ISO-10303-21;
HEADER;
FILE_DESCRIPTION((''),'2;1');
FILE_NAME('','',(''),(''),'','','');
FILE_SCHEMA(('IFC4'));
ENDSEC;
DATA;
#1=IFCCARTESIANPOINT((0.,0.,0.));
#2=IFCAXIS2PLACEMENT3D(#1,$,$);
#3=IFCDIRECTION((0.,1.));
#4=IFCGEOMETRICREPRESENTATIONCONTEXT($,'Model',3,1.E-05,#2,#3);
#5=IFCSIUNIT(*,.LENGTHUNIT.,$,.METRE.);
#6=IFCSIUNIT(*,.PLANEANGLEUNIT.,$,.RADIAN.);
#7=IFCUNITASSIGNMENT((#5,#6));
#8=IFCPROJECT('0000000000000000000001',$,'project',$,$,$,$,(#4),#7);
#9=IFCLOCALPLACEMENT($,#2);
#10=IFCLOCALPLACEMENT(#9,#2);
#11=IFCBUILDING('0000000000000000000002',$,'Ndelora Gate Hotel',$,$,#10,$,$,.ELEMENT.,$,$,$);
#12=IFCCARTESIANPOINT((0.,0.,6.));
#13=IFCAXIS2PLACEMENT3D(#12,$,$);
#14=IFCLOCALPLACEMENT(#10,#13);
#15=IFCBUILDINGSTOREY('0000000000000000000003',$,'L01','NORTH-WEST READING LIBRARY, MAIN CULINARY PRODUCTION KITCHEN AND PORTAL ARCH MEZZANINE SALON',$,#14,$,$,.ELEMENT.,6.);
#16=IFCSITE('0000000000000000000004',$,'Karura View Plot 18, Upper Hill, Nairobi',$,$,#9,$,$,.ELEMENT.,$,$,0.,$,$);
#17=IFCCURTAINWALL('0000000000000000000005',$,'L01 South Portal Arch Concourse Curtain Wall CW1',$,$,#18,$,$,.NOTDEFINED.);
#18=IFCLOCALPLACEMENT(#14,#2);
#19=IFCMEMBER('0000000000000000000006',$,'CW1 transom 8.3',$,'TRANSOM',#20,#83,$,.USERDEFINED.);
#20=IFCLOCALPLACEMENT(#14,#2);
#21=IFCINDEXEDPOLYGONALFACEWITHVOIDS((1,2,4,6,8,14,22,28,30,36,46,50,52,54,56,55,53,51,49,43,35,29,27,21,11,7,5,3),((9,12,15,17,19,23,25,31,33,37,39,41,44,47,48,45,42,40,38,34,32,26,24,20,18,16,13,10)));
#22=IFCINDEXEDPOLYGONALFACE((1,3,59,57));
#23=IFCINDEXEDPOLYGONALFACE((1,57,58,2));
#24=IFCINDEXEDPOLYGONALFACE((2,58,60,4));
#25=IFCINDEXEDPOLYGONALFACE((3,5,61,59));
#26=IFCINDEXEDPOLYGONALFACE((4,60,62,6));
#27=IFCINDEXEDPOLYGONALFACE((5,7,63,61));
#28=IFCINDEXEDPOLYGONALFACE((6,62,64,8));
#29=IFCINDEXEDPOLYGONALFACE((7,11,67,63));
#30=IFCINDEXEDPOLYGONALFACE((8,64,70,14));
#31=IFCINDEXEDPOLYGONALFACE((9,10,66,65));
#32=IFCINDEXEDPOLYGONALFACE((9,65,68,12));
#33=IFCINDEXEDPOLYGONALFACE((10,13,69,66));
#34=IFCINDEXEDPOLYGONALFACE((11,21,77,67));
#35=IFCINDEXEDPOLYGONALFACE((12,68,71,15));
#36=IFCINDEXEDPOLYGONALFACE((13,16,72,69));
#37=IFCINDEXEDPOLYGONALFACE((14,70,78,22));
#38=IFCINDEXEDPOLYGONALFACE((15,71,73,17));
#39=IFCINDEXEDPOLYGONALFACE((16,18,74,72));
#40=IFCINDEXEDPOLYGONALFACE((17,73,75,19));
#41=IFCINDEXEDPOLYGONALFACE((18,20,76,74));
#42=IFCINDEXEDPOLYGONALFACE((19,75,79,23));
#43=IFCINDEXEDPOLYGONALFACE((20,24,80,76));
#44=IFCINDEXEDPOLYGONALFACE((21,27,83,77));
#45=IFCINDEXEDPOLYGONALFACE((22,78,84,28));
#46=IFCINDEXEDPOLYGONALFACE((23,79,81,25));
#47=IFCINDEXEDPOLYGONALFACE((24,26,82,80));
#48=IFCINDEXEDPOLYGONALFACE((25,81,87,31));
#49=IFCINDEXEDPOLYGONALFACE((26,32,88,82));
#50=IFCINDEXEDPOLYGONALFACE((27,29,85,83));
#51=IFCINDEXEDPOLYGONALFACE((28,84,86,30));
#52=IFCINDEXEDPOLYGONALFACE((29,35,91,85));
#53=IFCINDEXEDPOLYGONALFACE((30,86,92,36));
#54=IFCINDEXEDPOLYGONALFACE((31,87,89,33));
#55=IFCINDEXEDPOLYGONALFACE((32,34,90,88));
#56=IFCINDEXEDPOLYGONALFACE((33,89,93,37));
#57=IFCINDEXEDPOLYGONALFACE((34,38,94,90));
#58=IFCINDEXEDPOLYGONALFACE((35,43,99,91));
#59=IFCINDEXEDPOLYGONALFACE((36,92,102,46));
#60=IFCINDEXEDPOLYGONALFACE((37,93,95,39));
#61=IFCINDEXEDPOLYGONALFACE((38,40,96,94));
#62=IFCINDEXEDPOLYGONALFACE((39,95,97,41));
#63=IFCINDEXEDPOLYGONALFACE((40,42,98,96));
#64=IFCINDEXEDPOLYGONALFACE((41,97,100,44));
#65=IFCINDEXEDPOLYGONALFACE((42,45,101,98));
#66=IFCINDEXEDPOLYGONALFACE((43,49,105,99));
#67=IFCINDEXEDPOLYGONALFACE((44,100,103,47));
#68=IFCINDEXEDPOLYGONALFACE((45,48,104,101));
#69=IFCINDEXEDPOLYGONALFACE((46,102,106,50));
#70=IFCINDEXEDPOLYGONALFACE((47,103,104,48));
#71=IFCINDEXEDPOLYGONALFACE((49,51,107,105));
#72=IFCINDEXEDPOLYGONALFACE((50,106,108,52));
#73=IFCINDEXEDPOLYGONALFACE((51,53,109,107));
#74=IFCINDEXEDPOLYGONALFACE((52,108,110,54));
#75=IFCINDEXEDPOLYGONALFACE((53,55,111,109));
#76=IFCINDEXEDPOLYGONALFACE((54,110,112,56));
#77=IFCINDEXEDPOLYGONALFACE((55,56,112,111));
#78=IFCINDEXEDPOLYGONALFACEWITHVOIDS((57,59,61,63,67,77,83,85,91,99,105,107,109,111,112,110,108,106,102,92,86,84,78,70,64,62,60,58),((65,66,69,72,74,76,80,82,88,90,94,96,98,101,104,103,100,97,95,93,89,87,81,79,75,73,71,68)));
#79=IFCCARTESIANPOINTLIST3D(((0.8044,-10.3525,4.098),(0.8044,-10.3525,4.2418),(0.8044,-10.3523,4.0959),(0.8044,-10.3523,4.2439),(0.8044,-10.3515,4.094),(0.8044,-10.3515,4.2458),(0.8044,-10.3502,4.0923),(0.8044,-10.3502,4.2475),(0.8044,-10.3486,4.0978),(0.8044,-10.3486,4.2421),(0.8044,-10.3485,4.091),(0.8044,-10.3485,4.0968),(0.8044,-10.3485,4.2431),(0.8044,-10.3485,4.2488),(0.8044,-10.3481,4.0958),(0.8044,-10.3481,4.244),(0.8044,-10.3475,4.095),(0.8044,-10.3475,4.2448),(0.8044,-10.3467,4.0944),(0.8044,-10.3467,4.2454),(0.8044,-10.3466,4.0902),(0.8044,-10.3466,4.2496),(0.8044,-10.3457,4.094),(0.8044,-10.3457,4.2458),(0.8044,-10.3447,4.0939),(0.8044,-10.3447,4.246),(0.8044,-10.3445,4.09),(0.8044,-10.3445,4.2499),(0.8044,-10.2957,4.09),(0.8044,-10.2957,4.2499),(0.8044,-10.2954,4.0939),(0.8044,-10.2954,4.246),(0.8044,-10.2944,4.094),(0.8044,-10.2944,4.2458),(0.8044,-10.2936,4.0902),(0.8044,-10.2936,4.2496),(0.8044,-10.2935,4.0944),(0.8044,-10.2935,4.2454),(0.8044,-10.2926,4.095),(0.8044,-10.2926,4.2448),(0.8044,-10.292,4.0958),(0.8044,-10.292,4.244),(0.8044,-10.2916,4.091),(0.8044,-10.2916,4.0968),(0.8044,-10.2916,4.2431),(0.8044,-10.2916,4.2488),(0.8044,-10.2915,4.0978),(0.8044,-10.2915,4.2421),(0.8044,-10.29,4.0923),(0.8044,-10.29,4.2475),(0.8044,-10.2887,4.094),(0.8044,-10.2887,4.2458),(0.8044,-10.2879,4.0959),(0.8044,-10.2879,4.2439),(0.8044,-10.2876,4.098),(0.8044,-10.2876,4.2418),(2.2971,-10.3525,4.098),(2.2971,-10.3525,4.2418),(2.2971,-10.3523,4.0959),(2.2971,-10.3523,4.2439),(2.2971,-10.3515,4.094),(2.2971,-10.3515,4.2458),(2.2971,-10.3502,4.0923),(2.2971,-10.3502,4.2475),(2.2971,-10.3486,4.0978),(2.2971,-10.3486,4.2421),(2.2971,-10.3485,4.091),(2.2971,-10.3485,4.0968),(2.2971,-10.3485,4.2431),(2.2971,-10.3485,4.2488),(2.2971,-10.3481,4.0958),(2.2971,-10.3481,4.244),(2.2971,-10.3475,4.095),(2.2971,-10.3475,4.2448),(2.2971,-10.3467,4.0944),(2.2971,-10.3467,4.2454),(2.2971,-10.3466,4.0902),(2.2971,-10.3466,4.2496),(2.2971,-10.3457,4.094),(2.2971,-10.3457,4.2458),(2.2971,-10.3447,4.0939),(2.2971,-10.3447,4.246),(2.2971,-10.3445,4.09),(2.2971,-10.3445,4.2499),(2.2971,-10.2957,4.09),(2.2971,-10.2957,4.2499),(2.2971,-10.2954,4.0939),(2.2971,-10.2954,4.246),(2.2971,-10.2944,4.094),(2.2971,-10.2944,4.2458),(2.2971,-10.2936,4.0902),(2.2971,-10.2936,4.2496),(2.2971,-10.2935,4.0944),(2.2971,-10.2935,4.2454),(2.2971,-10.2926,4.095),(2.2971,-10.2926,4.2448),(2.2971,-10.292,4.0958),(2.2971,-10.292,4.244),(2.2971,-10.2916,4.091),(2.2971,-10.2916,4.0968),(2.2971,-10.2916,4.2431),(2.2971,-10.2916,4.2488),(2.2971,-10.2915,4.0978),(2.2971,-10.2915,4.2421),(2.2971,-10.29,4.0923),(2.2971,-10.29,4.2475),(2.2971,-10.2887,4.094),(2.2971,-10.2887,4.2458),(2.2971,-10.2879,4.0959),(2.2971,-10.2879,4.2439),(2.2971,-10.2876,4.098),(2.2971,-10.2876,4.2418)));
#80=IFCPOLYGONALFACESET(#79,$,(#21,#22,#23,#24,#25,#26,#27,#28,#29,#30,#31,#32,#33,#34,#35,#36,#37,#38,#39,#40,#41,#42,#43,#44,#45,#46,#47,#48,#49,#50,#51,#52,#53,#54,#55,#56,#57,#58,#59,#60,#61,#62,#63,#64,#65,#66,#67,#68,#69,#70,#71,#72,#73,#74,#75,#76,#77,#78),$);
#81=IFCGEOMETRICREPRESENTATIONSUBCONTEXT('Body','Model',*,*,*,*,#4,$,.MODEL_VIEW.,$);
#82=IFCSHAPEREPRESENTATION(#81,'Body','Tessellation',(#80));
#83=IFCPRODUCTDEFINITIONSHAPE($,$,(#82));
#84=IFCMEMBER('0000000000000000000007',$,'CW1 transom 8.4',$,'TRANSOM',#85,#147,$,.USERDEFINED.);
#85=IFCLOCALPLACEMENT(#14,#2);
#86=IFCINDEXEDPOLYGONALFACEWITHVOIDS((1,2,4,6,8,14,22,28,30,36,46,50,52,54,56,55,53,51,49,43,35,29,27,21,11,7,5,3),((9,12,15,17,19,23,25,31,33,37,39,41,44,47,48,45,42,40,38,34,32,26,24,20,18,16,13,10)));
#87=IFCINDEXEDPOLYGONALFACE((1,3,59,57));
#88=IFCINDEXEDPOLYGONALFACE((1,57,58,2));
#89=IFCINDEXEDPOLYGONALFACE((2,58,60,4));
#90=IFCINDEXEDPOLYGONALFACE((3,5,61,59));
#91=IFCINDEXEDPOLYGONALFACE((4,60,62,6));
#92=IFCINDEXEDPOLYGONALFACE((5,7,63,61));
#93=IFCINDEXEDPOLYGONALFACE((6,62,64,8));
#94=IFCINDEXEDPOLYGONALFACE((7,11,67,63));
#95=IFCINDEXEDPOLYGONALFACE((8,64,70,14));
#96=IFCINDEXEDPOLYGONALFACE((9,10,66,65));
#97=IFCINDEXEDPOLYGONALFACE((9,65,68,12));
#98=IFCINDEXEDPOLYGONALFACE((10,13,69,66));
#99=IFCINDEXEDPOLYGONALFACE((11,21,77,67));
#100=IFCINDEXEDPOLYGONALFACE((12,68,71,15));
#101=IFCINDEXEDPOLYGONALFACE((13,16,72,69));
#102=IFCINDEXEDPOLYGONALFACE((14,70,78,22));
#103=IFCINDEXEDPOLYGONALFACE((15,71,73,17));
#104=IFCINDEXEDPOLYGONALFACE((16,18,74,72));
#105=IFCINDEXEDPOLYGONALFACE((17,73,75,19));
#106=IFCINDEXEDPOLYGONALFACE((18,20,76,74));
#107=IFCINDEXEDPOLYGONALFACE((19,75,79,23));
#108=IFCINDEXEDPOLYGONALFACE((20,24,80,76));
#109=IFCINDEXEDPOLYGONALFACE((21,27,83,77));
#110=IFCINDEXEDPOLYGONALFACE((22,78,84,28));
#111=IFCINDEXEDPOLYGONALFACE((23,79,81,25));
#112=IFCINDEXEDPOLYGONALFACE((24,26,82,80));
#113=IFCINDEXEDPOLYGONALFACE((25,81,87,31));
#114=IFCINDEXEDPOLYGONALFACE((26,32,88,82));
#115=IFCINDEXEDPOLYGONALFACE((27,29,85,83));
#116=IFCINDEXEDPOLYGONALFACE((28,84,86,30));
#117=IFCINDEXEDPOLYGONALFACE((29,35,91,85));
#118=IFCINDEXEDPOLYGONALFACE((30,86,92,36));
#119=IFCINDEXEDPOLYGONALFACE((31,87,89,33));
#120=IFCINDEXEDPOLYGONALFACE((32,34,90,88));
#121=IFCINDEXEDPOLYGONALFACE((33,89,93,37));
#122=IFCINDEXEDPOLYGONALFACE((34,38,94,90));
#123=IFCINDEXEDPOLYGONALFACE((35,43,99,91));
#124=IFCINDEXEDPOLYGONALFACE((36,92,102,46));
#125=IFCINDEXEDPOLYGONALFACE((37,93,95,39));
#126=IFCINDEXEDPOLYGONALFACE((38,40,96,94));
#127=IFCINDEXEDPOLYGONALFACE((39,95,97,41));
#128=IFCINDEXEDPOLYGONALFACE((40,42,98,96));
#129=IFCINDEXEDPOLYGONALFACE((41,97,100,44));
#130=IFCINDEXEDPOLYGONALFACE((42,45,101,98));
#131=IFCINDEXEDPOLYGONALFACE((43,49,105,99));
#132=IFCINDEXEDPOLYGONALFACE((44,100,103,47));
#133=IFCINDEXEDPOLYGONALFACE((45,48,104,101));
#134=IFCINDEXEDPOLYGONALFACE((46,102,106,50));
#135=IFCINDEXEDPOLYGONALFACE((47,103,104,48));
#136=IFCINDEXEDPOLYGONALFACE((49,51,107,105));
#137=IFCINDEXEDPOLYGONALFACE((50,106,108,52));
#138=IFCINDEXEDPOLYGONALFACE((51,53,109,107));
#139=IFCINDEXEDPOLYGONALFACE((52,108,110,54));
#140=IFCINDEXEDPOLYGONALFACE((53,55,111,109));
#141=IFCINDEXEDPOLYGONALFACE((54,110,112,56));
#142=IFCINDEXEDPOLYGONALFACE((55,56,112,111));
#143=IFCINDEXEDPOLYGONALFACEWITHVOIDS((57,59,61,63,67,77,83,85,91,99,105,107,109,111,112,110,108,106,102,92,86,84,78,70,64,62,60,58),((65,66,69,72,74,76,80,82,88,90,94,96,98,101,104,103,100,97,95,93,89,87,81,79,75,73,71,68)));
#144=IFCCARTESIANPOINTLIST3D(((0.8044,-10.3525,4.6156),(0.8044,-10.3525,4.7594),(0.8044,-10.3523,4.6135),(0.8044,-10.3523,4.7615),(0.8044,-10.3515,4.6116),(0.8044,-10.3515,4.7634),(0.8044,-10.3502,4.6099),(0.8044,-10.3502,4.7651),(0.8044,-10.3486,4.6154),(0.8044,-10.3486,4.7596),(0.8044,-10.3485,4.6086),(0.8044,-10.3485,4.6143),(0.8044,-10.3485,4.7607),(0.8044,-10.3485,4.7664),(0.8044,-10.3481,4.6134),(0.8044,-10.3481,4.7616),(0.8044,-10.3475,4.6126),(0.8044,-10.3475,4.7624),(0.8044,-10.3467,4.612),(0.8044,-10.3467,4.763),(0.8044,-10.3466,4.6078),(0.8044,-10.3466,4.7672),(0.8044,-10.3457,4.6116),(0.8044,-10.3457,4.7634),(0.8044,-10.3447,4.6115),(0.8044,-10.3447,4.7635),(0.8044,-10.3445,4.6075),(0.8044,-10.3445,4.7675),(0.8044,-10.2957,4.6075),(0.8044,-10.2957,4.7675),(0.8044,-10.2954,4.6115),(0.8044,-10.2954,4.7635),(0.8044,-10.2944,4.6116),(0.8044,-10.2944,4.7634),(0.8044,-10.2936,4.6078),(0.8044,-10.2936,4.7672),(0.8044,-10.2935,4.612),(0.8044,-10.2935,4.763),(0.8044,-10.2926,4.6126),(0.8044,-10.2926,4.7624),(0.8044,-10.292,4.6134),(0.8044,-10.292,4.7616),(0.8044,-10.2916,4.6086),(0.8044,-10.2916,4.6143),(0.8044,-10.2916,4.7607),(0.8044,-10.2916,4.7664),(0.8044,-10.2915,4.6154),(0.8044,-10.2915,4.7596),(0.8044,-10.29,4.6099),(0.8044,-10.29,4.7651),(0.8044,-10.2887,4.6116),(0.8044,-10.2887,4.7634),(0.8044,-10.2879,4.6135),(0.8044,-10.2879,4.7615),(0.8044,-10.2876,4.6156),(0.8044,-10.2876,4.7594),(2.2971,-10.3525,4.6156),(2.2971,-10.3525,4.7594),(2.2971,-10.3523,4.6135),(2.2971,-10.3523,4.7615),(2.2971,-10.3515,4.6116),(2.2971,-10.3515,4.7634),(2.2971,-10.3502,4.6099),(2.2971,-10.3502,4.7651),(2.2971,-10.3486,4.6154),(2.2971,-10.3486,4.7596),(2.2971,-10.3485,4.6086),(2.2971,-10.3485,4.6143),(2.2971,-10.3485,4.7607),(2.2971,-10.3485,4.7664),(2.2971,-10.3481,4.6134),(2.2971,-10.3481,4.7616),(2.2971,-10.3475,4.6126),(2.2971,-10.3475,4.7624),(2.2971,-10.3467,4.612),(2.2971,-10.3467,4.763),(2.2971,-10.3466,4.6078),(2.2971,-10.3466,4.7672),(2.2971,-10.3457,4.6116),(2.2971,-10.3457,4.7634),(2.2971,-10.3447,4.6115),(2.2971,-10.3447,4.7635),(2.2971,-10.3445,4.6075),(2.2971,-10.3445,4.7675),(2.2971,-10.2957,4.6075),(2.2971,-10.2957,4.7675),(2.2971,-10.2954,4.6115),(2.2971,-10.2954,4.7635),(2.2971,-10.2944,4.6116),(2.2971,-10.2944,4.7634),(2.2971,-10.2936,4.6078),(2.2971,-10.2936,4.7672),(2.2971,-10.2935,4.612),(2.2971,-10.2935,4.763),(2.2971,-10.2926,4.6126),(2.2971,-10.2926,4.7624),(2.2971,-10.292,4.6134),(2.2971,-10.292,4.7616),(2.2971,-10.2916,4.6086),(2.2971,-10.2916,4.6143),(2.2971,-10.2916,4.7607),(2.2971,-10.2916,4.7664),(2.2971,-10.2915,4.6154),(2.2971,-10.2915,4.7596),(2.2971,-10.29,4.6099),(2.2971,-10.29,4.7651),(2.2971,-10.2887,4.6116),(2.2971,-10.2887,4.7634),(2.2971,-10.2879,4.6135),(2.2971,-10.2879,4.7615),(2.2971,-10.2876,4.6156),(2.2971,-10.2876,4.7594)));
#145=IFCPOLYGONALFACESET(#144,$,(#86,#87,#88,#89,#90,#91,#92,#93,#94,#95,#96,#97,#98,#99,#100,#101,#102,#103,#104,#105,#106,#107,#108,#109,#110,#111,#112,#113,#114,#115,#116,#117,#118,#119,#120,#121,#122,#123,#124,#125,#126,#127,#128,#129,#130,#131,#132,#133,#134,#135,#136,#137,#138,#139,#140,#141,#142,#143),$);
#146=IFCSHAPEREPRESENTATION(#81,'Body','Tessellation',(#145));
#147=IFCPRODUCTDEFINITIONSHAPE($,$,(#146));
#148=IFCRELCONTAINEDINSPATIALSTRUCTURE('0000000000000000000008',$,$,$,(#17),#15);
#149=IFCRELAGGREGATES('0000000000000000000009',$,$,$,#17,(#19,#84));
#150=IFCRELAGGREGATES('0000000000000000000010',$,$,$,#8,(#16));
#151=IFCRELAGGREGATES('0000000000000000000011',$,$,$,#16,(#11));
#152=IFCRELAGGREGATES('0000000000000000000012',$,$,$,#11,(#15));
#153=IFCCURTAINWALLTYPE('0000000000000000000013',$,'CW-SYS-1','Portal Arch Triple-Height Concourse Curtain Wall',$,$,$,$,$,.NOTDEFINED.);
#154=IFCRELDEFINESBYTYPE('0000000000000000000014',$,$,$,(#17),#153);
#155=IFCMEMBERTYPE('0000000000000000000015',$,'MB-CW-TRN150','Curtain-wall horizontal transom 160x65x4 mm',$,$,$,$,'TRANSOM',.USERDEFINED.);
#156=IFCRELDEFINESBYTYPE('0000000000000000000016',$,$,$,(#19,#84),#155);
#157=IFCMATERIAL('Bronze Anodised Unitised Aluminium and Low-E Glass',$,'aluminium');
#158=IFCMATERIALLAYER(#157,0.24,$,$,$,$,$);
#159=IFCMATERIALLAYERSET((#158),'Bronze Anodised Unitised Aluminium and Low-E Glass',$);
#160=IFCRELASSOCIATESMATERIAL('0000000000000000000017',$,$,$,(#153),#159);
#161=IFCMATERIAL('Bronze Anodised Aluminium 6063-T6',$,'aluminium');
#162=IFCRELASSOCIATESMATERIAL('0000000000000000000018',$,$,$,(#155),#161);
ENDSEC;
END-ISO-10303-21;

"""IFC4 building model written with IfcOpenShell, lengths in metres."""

from ifc_helpers import new_model, si_unit, direction, frame, origin, origin_2d, place, context, subcontext, project, spatial, hollow_rectangle, extrude, material, layer, layer_set, material_profile, profile_set, type_object, element, aggregate, save


model = new_model("IFC4")

# Units and contexts
model_context = context("Model", 3, precision=1e-05, world=origin(), true_north=direction((0.0, 1.0)))
body_context = subcontext(model_context, "Body", "Model", "MODEL_VIEW")
ifc_project = project(units=[si_unit("LENGTHUNIT", "METRE"), si_unit("PLANEANGLEUNIT", "RADIAN")], contexts=[model_context])

# Site, building, storey
site_placement = place(None, origin())
site = spatial("IfcSite", under=ifc_project, at=site_placement, Name="Karura View Plot 18, Upper Hill, Nairobi", CompositionType="ELEMENT", RefElevation=0.0)
building_placement = place(site_placement, origin())
building = spatial("IfcBuilding", under=site, at=building_placement, Name="Ndelora Gate Hotel", CompositionType="ELEMENT")
storey_placement = place(building_placement, frame((0.0, 0.0, 6.0)))
storey = spatial("IfcBuildingStorey", under=building, at=storey_placement, Name="L01", Description="NORTH-WEST READING LIBRARY, MAIN CULINARY PRODUCTION KITCHEN AND PORTAL ARCH MEZZANINE SALON", CompositionType="ELEMENT", Elevation=6.0)

# Curtain wall, members
ifc_material_1 = material(Name="Bronze Anodised Unitised Aluminium and Low-E Glass", Category="aluminium")
ifc_layer_1 = layer(ifc_material_1, 0.24)
ifc_layer_set_1 = layer_set([ifc_layer_1], Name="Bronze Anodised Unitised Aluminium and Low-E Glass")
curtain_wall_type = type_object("IfcCurtainWallType", Name="CW-SYS-1", Description="Portal Arch Triple-Height Concourse Curtain Wall", PredefinedType="NOTDEFINED", material=ifc_layer_set_1)
curtain_wall_placement = place(storey_placement, origin())
curtain_wall = element("IfcCurtainWall", 1, at=curtain_wall_placement, inside=storey, type_object=curtain_wall_type, Name="L01 South Portal Arch Concourse Curtain Wall CW1", PredefinedType="NOTDEFINED")
ifc_material_2 = material(Name="Bronze Anodised Aluminium 6063-T6", Category="aluminium")
ifc_material_profile_1 = material_profile(ifc_material_2, hollow_rectangle(XDim=0.0649, YDim=0.1599, WallThickness=0.0039, InnerFilletRadius=0.0039, OuterFilletRadius=0.0081, at=origin_2d()), Name="ALU 160x65x4")
ifc_profile_set_1 = profile_set([ifc_material_profile_1], Name="Bronze Anodised Aluminium 6063-T6")
member_type_1 = type_object("IfcMemberType", Name="MB-CW-TRN150", Description="Curtain-wall horizontal transom 160x65x4 mm", ElementType="TRANSOM", PredefinedType="USERDEFINED", material=ifc_profile_set_1)
member_1_placement = place(storey_placement, frame((0.8044, -10.3201, 4.1699), z_axis=(1.0, 0.0, 0.0), x_axis=(0.0, 1.0, 0.0)))
member_1 = element("IfcMember", 2, at=member_1_placement, type_object=member_type_1, Name="CW1 transom 8.3", ObjectType="TRANSOM", PredefinedType="USERDEFINED", context=body_context, shape_type="SweptSolid", body=[
    extrude(hollow_rectangle(XDim=0.0649, YDim=0.1599, WallThickness=0.0039, InnerFilletRadius=0.0039, OuterFilletRadius=0.0081, at=origin_2d()), origin(), (0.0, 0.0, 1.0), 1.4927),
])
member_2_placement = place(storey_placement, frame((0.8044, -10.3201, 4.6875), z_axis=(1.0, 0.0, 0.0), x_axis=(0.0, 1.0, 0.0)))
member_2 = element("IfcMember", 3, at=member_2_placement, type_object=member_type_1, Name="CW1 transom 8.4", ObjectType="TRANSOM", PredefinedType="USERDEFINED", context=body_context, shape_type="SweptSolid", body=[
    extrude(hollow_rectangle(XDim=0.0649, YDim=0.1599, WallThickness=0.0039, InnerFilletRadius=0.0039, OuterFilletRadius=0.0081, at=origin_2d()), origin(), (0.0, 0.0, 1.0), 1.4927),
])
aggregate(curtain_wall, [member_1, member_2])

save(model, "model.ifc")
